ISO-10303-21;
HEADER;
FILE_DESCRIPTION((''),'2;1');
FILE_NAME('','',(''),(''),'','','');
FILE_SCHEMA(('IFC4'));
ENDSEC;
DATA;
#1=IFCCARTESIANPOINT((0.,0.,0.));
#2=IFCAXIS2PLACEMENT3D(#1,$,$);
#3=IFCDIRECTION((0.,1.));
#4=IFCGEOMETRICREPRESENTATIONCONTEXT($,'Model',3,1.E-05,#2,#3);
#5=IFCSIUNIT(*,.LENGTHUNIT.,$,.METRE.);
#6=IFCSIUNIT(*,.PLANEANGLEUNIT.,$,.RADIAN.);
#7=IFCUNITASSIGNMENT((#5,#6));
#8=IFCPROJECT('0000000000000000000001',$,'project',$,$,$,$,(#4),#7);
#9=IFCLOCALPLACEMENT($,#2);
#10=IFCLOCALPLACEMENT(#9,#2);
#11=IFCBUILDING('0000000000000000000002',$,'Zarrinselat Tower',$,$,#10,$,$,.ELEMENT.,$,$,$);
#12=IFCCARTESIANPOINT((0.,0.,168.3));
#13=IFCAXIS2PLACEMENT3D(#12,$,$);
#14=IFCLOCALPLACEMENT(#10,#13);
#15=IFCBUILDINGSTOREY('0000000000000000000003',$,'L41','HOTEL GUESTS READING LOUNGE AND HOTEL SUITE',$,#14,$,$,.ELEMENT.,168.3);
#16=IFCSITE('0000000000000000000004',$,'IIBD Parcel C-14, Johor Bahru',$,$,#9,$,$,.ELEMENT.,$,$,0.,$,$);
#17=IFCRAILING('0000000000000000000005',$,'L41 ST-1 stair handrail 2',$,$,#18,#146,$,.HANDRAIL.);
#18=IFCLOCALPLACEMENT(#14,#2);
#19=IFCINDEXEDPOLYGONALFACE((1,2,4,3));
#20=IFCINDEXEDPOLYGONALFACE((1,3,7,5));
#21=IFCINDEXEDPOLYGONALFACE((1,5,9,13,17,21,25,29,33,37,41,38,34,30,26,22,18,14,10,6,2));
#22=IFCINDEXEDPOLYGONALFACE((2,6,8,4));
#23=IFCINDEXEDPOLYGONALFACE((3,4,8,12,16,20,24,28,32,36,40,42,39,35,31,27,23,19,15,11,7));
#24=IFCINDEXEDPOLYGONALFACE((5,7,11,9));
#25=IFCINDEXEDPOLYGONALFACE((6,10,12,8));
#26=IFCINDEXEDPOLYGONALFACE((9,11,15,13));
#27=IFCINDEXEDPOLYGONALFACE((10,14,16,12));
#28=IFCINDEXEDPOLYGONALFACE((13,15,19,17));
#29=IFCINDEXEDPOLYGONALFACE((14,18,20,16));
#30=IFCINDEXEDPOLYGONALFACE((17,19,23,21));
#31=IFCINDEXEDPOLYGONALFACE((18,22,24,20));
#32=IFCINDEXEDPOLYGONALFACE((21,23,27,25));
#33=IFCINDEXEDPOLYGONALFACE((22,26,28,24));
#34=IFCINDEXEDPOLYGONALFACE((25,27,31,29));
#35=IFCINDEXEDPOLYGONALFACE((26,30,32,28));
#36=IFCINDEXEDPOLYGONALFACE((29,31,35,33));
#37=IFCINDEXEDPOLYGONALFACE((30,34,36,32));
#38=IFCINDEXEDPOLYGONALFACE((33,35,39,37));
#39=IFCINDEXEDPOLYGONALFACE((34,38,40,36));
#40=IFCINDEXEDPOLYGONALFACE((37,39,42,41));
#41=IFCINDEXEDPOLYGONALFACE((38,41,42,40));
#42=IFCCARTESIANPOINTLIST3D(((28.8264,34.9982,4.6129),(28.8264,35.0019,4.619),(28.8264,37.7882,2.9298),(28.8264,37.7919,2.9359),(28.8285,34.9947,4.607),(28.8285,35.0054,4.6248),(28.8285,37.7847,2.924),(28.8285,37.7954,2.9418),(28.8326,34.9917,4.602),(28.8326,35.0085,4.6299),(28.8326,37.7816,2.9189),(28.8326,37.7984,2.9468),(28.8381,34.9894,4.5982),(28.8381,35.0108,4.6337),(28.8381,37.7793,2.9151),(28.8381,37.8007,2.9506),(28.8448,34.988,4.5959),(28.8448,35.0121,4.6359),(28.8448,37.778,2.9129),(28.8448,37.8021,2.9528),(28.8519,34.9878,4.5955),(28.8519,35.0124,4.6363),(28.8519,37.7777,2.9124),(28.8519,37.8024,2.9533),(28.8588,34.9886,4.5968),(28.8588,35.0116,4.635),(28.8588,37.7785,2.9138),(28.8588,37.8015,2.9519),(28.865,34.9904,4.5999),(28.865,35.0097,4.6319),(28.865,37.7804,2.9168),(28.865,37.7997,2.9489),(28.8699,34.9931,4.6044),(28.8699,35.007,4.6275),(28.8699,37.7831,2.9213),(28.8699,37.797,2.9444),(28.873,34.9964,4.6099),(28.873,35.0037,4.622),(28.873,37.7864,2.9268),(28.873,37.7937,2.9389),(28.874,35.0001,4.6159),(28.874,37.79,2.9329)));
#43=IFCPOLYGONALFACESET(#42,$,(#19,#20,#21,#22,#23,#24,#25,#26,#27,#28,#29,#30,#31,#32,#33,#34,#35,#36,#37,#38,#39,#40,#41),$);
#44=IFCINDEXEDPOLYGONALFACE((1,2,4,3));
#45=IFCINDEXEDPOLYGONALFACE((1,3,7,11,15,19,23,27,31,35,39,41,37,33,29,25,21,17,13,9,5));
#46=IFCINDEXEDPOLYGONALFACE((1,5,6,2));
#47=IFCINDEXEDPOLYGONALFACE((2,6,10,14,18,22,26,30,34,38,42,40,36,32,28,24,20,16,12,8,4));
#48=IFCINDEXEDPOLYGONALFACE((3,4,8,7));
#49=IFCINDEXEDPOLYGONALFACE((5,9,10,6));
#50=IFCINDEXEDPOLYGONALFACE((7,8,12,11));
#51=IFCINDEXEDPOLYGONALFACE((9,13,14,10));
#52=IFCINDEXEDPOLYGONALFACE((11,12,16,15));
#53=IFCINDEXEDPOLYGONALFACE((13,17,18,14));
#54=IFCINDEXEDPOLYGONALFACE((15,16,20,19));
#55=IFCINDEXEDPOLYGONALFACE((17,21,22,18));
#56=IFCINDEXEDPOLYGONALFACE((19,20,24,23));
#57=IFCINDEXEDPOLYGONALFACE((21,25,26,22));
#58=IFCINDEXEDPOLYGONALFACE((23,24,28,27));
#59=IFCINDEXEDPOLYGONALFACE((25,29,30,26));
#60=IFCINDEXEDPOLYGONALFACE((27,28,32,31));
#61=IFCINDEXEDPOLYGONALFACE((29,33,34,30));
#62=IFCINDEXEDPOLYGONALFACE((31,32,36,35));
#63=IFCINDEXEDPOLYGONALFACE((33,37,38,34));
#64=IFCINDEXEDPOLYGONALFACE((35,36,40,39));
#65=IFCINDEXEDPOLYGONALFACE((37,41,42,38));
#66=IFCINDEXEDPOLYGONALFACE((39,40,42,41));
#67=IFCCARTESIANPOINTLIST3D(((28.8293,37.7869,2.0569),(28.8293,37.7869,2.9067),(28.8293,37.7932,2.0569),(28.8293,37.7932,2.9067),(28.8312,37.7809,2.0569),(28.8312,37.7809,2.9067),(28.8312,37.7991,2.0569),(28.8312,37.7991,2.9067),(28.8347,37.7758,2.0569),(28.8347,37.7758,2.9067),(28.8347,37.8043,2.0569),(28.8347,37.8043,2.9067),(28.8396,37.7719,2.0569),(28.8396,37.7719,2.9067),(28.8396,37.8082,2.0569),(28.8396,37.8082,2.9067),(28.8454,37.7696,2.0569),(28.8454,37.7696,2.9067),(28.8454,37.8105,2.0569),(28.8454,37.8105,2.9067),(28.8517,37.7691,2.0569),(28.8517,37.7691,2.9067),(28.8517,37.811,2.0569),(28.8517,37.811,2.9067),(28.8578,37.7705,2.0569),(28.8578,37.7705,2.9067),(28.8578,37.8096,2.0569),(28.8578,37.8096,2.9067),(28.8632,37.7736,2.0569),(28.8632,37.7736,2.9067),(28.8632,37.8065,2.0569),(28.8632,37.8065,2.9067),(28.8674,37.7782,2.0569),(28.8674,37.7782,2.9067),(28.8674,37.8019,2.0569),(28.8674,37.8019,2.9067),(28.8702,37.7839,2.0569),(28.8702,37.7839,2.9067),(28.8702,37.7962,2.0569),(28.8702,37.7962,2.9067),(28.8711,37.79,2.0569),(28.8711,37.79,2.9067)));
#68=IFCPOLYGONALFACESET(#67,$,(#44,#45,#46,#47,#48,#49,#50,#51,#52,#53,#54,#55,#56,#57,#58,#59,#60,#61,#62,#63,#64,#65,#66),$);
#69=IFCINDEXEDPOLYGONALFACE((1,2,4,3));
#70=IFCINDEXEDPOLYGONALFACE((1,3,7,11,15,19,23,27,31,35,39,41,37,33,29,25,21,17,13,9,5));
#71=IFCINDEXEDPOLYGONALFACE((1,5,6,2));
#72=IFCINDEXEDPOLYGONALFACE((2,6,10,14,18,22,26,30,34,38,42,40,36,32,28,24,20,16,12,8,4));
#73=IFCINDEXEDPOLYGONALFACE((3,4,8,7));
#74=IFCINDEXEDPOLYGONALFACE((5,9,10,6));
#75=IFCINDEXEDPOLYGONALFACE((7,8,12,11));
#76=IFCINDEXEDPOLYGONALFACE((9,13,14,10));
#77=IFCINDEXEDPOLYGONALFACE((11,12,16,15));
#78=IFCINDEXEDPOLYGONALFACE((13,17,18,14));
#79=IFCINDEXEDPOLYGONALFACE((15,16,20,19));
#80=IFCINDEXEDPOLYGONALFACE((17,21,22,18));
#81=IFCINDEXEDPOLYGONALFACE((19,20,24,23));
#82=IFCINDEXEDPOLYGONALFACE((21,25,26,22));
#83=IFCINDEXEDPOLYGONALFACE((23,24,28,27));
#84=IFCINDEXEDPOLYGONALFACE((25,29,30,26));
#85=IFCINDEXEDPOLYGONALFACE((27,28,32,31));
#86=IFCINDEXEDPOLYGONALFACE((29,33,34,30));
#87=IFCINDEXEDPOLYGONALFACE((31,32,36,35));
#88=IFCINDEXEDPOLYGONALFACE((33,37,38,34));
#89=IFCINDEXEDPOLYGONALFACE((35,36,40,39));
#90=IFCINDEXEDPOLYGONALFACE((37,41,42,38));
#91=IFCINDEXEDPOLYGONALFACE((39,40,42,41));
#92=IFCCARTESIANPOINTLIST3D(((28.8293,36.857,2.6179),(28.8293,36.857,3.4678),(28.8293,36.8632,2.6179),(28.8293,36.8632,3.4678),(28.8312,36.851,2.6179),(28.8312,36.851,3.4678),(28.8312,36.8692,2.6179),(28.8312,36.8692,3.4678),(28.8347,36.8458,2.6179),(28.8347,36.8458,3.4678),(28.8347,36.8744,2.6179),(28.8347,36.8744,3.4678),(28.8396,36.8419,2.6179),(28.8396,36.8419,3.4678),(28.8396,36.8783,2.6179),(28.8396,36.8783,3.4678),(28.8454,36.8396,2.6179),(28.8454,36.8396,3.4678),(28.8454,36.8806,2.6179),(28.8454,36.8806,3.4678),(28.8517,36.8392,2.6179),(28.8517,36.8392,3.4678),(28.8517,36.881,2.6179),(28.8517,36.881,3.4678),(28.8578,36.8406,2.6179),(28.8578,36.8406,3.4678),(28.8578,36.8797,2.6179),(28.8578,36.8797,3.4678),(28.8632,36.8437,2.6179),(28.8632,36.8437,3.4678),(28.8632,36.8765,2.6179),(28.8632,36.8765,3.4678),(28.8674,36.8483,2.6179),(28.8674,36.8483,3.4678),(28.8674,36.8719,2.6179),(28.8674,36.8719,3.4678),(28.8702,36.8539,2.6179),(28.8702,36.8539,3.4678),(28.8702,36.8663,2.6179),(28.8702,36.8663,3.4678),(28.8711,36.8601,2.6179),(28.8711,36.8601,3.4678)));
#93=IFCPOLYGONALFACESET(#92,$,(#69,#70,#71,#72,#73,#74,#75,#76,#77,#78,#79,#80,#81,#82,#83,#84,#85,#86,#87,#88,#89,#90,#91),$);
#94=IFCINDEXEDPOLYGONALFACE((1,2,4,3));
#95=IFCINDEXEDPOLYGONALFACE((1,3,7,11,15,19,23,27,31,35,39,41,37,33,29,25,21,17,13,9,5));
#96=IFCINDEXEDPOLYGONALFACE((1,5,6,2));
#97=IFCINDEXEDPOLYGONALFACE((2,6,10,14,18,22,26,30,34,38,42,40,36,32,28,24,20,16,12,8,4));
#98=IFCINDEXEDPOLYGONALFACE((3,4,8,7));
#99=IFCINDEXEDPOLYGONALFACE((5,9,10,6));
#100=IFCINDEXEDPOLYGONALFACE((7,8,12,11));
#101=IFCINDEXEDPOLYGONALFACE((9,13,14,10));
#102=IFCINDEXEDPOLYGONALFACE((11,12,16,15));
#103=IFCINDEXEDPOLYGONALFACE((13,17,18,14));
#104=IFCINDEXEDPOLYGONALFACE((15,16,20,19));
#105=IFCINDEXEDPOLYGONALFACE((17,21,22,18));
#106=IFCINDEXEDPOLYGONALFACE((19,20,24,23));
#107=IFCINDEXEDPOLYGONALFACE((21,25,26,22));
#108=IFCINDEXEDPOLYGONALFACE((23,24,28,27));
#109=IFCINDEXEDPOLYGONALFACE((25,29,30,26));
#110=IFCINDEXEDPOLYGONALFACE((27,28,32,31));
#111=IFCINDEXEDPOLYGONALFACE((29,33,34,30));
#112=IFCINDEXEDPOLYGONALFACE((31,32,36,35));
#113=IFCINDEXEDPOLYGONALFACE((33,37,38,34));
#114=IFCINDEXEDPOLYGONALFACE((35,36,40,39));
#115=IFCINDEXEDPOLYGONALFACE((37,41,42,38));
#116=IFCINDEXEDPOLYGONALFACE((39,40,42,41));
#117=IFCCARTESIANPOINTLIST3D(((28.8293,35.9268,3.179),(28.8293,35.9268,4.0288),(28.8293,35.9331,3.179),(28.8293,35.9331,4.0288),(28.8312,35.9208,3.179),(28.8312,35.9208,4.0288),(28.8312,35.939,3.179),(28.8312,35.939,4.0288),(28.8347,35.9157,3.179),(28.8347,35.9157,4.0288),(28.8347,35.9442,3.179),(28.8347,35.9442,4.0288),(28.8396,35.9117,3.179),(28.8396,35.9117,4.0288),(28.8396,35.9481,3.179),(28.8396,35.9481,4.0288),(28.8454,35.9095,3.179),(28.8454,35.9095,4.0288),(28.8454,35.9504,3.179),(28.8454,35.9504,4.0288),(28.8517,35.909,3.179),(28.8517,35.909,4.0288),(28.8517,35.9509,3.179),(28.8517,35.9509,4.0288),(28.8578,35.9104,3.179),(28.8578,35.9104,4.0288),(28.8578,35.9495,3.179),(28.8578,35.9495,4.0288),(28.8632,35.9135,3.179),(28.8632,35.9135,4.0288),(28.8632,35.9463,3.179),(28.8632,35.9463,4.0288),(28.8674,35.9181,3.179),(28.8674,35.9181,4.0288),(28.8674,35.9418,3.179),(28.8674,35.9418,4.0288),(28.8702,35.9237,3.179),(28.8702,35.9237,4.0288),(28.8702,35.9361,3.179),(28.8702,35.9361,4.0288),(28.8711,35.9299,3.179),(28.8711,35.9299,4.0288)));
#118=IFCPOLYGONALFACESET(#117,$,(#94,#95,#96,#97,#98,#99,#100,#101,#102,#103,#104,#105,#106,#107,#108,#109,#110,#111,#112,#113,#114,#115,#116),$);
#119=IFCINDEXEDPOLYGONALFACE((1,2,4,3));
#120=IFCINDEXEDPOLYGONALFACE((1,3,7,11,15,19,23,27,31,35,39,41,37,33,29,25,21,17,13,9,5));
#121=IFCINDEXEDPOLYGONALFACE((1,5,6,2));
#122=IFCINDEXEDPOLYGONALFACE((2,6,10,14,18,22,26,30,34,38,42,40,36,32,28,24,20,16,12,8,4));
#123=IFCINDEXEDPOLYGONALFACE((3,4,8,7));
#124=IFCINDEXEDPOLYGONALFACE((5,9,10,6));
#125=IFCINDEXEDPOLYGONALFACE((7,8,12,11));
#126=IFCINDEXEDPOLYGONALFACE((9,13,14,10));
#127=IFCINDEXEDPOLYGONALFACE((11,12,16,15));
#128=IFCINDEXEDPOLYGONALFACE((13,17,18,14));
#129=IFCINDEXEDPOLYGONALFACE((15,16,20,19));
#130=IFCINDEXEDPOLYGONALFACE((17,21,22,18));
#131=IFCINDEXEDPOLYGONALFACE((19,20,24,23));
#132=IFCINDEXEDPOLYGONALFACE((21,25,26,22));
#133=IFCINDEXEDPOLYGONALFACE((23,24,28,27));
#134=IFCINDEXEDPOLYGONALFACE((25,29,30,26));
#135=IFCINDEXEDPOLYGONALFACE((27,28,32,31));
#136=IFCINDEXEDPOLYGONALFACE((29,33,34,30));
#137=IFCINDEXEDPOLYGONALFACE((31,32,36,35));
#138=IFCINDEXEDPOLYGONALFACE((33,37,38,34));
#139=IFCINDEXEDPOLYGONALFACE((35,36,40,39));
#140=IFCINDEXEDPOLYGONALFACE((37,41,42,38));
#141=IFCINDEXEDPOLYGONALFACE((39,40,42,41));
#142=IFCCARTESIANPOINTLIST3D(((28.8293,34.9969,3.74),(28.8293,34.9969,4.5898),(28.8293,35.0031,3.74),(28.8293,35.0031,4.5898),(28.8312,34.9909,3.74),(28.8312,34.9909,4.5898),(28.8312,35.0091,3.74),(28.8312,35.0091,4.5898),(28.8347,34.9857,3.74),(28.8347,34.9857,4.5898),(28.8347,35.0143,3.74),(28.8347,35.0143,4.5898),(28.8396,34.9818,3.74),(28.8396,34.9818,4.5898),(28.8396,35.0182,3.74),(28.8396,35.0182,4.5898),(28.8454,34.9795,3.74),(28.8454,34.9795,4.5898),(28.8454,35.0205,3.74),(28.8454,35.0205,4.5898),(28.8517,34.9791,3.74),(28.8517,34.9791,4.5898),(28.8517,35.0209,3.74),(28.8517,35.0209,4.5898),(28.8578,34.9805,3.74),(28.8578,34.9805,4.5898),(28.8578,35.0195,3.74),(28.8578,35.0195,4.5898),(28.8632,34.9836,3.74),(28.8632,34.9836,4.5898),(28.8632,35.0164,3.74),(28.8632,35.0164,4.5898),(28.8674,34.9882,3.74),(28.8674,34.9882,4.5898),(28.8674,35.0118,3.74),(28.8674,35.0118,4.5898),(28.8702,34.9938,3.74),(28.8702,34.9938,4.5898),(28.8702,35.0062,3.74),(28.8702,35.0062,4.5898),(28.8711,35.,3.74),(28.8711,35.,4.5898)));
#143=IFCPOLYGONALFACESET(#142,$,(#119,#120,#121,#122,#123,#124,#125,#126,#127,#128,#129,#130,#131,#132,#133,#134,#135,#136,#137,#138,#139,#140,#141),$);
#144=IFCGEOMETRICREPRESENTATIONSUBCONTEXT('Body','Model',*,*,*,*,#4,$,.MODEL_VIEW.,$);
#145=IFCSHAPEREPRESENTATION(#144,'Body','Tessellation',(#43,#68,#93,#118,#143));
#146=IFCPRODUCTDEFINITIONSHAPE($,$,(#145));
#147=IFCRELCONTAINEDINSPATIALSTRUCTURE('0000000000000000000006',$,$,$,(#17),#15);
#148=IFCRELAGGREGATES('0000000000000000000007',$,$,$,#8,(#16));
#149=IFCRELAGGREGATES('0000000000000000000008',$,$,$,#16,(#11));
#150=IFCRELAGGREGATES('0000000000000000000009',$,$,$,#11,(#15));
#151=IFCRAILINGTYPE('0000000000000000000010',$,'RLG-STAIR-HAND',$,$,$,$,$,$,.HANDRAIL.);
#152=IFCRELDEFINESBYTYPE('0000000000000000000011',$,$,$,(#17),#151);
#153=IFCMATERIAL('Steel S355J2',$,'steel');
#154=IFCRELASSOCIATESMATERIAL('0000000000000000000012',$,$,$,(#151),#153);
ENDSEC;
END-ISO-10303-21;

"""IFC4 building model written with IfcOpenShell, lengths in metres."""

from ifc_helpers import new_model, si_unit, direction, frame, origin, origin_2d, place, context, subcontext, project, spatial, circle, extrude, material, type_object, element, save


model = new_model("IFC4")

# Units and contexts
model_context = context("Model", 3, precision=1e-05, world=origin(), true_north=direction((0.0, 1.0)))
body_context = subcontext(model_context, "Body", "Model", "MODEL_VIEW")
ifc_project = project(units=[si_unit("LENGTHUNIT", "METRE"), si_unit("PLANEANGLEUNIT", "RADIAN")], contexts=[model_context])

# Site, building, storey
site_placement = place(None, origin())
site = spatial("IfcSite", under=ifc_project, at=site_placement, Name="IIBD Parcel C-14, Johor Bahru", CompositionType="ELEMENT", RefElevation=0.0)
building_placement = place(site_placement, origin())
building = spatial("IfcBuilding", under=site, at=building_placement, Name="Zarrinselat Tower", CompositionType="ELEMENT")
storey_placement = place(building_placement, frame((0.0, 0.0, 168.3)))
storey = spatial("IfcBuildingStorey", under=building, at=storey_placement, Name="L41", Description="HOTEL GUESTS READING LOUNGE AND HOTEL SUITE", CompositionType="ELEMENT", Elevation=168.3)

# Railing
ifc_material_1 = material(Name="Steel S355J2", Category="steel")
railing_type_1 = type_object("IfcRailingType", Name="RLG-STAIR-HAND", PredefinedType="HANDRAIL", material=ifc_material_1)
railing_1_placement = place(storey_placement, frame((28.8501, 37.79, 2.0569)))
element("IfcRailing", 1, at=railing_1_placement, inside=storey, type_object=railing_type_1, Name="L41 ST-1 stair handrail 2", PredefinedType="HANDRAIL", context=body_context, shape_type="SweptSolid", body=[
    extrude(circle(Radius=0.0239, at=origin_2d()), frame((0.0, 0.0, 0.876), z_axis=(0.0, -0.856261, 0.516544), x_axis=(1.0, 0.0, 0.0)), (0.0, 0.0, 1.0), 3.2583),
    extrude(circle(Radius=0.021, at=origin_2d()), origin(), (0.0, 0.0, 1.0), 0.8499),
    extrude(circle(Radius=0.021, at=origin_2d()), frame((0.0, -0.9299, 0.561)), (0.0, 0.0, 1.0), 0.8499),
    extrude(circle(Radius=0.021, at=origin_2d()), frame((0.0, -1.8601, 1.1221)), (0.0, 0.0, 1.0), 0.8499),
    extrude(circle(Radius=0.021, at=origin_2d()), frame((0.0, -2.79, 1.6831)), (0.0, 0.0, 1.0), 0.8499),
])

save(model, "model.ifc")
